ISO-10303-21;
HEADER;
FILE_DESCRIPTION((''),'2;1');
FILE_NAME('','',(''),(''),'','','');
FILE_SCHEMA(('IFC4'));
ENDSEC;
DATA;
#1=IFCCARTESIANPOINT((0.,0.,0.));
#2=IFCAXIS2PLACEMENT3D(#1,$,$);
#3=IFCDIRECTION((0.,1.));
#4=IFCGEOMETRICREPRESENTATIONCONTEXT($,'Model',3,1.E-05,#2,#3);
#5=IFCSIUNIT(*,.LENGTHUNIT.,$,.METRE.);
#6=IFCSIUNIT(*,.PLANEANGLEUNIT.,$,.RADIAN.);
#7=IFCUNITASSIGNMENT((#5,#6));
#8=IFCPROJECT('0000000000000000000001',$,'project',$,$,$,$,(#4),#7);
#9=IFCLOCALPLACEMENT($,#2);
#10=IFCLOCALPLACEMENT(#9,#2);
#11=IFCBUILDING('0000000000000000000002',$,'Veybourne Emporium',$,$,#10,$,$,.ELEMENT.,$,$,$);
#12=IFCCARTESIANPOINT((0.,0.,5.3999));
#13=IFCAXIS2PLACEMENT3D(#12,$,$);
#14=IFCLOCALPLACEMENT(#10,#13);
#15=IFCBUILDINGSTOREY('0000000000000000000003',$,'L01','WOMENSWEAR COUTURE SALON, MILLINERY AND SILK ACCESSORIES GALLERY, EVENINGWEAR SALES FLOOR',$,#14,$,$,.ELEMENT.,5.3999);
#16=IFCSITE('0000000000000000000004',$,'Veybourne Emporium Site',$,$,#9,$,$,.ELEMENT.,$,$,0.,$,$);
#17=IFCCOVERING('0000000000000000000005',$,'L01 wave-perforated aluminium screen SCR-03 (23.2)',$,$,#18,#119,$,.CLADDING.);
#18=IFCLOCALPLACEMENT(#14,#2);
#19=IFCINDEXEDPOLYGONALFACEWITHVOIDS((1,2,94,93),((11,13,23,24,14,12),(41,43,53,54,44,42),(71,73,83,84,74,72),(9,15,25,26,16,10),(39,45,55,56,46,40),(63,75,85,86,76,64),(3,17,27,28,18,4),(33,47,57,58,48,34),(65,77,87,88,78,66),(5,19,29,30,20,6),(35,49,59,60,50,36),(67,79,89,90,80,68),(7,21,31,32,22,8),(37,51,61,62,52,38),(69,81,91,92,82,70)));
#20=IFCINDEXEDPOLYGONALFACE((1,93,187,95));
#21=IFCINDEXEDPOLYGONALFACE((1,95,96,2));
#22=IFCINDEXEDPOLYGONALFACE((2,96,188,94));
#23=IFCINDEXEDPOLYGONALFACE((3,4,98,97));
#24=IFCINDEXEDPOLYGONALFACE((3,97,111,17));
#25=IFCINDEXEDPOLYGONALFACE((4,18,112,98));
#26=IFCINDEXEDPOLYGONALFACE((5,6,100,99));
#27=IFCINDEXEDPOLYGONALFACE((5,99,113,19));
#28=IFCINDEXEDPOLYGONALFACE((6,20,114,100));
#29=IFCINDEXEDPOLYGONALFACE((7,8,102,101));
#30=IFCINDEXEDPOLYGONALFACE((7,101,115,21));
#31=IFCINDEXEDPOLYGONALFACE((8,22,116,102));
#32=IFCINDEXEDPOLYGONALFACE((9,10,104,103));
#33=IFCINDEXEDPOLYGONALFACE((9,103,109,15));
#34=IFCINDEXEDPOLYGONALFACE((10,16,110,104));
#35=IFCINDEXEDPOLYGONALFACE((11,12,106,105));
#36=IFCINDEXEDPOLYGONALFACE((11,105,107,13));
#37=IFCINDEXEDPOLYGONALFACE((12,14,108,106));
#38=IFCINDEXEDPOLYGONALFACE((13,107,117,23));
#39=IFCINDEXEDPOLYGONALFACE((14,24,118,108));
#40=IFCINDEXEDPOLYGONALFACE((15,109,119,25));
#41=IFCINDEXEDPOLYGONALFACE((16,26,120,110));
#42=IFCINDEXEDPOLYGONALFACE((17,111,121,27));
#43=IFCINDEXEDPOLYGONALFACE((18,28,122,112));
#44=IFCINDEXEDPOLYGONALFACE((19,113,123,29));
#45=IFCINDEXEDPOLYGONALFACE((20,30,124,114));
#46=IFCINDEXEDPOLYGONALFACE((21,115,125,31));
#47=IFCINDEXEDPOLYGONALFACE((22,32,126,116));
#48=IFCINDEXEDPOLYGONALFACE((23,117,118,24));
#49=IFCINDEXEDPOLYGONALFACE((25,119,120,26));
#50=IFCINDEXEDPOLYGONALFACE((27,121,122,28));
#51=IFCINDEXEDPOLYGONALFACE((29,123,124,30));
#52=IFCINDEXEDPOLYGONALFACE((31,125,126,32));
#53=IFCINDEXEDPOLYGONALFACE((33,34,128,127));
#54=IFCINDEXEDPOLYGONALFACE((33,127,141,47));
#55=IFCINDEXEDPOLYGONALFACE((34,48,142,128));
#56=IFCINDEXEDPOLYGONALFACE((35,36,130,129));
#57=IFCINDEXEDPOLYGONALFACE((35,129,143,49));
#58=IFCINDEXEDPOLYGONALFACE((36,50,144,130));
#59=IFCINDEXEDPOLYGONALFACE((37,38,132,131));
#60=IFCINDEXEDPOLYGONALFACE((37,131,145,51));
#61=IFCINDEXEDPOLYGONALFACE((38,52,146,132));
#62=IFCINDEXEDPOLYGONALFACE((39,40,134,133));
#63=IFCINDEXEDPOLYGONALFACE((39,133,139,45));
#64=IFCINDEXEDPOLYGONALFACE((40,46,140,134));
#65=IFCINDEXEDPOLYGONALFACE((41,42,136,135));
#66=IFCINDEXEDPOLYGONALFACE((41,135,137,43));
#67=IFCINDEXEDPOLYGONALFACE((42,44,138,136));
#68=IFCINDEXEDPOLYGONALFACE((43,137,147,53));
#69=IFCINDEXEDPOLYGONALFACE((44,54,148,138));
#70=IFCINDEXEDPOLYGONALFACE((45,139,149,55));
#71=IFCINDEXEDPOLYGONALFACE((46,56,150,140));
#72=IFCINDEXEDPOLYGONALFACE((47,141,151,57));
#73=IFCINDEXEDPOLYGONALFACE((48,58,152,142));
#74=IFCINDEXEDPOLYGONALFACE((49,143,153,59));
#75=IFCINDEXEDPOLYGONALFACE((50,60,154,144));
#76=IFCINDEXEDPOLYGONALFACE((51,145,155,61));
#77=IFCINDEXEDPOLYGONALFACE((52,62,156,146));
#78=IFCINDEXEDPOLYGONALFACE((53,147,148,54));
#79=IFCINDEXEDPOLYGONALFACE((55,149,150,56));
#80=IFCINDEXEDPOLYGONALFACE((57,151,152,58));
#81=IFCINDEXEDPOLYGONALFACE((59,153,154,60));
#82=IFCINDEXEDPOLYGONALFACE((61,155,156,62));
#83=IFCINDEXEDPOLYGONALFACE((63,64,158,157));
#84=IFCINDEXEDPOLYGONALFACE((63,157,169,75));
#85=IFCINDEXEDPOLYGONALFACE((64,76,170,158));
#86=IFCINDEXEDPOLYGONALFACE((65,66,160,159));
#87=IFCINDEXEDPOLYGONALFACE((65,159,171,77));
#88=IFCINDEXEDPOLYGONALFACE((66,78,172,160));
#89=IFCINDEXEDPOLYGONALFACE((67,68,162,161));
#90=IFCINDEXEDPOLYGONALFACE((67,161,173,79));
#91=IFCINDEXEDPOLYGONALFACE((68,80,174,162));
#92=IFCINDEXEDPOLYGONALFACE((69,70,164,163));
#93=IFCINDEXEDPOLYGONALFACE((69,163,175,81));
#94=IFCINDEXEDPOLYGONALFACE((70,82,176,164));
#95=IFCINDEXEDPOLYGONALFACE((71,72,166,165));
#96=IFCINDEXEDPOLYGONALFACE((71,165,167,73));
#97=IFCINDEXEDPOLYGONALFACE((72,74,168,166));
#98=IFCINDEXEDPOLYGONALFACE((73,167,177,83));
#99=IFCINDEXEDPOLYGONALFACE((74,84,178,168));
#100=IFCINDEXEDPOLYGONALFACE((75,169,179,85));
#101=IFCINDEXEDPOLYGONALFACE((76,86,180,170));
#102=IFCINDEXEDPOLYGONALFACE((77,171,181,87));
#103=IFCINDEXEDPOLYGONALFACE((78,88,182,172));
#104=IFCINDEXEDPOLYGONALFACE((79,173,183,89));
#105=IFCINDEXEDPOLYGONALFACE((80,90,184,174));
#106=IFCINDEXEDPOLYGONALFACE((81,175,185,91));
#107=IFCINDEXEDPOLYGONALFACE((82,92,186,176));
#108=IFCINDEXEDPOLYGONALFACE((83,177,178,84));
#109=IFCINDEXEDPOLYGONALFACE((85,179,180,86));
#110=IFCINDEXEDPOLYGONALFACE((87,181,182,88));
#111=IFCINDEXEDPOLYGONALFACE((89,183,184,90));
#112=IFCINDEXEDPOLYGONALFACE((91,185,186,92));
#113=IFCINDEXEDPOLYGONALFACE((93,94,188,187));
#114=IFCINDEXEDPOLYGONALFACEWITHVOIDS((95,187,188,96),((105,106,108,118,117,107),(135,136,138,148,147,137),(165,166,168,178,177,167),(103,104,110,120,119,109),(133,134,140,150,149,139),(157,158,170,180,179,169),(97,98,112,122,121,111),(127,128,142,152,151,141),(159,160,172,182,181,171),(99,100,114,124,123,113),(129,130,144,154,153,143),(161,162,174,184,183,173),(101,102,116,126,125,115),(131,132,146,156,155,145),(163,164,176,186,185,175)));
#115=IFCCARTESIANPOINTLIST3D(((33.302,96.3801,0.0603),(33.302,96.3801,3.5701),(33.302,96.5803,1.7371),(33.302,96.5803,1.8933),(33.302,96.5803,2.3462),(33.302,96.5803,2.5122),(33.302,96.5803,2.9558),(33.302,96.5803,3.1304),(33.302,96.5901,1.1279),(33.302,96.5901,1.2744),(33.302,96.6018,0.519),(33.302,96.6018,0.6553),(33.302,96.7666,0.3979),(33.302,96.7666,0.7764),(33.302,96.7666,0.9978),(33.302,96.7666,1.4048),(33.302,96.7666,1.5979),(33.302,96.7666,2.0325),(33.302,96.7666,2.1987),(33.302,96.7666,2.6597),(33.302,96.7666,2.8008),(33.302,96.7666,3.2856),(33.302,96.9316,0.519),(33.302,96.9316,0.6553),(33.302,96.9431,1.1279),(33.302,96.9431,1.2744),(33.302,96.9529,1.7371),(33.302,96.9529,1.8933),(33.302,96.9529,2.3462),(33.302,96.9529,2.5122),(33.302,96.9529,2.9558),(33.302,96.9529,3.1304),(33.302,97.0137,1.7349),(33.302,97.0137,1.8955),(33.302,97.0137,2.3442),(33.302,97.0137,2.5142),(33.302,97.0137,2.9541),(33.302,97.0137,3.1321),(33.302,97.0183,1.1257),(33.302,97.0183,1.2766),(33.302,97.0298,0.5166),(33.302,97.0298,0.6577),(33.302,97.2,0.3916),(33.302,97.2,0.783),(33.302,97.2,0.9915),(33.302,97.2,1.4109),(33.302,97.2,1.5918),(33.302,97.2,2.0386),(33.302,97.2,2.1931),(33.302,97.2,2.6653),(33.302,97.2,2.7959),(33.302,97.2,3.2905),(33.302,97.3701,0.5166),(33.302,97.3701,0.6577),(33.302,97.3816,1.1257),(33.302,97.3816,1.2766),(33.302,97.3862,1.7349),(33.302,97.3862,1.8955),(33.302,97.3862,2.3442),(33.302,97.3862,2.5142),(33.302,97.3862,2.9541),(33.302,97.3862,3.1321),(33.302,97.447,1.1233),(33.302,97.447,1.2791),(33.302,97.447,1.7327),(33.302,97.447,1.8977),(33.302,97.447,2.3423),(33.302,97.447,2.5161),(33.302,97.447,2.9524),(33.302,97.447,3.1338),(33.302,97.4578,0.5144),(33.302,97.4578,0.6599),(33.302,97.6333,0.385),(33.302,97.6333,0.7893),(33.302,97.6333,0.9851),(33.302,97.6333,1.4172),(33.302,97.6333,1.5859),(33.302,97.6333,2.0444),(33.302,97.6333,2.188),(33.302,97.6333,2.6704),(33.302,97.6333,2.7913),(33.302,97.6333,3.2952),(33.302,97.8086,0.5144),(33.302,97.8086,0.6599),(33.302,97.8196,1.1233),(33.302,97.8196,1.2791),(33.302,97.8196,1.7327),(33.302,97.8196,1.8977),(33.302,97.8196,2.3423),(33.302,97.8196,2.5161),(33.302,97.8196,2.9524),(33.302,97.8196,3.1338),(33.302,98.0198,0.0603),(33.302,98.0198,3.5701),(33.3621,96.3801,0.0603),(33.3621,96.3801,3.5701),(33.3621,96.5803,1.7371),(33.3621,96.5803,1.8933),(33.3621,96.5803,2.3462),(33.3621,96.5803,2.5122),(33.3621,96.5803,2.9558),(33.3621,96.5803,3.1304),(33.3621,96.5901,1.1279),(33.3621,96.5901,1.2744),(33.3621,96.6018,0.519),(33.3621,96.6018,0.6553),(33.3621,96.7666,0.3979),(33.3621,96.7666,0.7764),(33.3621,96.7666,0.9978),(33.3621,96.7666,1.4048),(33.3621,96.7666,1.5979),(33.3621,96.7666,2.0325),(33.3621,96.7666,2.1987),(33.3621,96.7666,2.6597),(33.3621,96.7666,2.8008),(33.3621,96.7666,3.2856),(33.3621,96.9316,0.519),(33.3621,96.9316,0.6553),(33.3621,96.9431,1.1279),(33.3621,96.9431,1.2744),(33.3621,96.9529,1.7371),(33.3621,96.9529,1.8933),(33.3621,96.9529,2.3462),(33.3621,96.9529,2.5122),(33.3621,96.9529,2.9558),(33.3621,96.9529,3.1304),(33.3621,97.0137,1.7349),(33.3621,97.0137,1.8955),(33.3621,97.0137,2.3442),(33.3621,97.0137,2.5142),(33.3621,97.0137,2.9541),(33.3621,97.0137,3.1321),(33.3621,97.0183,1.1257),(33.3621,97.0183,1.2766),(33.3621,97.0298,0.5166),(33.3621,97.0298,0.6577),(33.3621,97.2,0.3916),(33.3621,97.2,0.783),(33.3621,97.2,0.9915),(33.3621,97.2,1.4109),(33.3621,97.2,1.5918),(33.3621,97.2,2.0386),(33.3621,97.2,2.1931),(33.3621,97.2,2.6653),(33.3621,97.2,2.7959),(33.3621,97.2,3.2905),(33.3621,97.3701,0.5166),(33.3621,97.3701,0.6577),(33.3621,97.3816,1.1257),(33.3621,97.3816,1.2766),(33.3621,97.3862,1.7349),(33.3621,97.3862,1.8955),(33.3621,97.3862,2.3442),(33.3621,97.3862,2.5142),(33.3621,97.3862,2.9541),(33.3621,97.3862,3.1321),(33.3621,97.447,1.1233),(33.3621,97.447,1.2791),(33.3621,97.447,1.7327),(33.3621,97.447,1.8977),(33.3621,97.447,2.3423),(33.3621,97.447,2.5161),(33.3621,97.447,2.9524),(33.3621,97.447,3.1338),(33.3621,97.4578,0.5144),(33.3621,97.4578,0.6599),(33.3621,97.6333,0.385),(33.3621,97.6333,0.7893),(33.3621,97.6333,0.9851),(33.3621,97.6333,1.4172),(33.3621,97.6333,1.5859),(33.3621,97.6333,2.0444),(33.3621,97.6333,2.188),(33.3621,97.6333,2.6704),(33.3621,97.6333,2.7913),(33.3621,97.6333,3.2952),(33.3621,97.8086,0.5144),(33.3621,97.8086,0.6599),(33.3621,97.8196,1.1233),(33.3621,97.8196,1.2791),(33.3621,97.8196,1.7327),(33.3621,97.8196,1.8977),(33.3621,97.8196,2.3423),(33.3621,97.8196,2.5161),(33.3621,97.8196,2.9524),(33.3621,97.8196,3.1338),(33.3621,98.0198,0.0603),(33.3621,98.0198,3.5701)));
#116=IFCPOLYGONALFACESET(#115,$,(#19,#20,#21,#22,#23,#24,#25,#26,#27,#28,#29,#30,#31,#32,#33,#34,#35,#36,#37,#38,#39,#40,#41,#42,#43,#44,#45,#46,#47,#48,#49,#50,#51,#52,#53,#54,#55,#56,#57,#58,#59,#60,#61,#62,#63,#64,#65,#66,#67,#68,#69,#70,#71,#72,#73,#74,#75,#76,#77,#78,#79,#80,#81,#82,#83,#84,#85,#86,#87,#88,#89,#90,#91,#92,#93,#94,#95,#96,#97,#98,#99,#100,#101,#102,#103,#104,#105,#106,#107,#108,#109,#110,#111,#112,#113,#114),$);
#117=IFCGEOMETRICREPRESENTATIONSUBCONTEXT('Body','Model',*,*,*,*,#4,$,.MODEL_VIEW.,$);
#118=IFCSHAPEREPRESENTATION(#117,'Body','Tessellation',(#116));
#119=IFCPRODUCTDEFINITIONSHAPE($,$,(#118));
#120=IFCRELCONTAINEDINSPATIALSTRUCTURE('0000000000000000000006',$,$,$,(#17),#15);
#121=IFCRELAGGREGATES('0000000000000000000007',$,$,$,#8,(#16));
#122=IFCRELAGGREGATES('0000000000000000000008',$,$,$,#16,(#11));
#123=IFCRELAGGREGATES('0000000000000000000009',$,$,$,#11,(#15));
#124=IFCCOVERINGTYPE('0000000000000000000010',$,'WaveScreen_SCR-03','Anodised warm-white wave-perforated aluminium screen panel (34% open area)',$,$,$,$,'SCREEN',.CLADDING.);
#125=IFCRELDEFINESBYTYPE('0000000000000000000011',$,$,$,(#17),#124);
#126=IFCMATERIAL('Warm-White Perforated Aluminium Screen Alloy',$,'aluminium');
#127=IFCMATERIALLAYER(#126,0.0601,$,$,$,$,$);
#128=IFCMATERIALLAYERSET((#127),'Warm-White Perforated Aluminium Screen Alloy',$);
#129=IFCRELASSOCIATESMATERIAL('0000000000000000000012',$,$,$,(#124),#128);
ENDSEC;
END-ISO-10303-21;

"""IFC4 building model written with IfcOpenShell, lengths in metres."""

from ifc_helpers import new_model, si_unit, direction, frame, origin, place, context, subcontext, project, spatial, polyline, outline, extrude, material, layer, layer_set, type_object, element, save


model = new_model("IFC4")

# Units and contexts
model_context = context("Model", 3, precision=1e-05, world=origin(), true_north=direction((0.0, 1.0)))
body_context = subcontext(model_context, "Body", "Model", "MODEL_VIEW")
ifc_project = project(units=[si_unit("LENGTHUNIT", "METRE"), si_unit("PLANEANGLEUNIT", "RADIAN")], contexts=[model_context])

# Site, building, storey
site_placement = place(None, origin())
site = spatial("IfcSite", under=ifc_project, at=site_placement, Name="Veybourne Emporium Site", CompositionType="ELEMENT", RefElevation=0.0)
building_placement = place(site_placement, origin())
building = spatial("IfcBuilding", under=site, at=building_placement, Name="Veybourne Emporium", CompositionType="ELEMENT")
storey_placement = place(building_placement, frame((0.0, 0.0, 5.3999)))
storey = spatial("IfcBuildingStorey", under=building, at=storey_placement, Name="L01", Description="WOMENSWEAR COUTURE SALON, MILLINERY AND SILK ACCESSORIES GALLERY, EVENINGWEAR SALES FLOOR", CompositionType="ELEMENT", Elevation=5.3999)

# Covering
ifc_material_1 = material(Name="Warm-White Perforated Aluminium Screen Alloy", Category="aluminium")
ifc_layer_1 = layer(ifc_material_1, 0.0601)
ifc_layer_set_1 = layer_set([ifc_layer_1], Name="Warm-White Perforated Aluminium Screen Alloy")
covering_type_1 = type_object("IfcCoveringType", Name="WaveScreen_SCR-03", Description="Anodised warm-white wave-perforated aluminium screen panel (34% open area)", ElementType="SCREEN", PredefinedType="CLADDING", material=ifc_layer_set_1)
covering_1_placement = place(storey_placement, frame((33.302, 97.2, 1.8152), z_axis=(1.0, 0.0, 0.0), x_axis=(0.0, 1.0, 0.0)))
element("IfcCovering", 1, at=covering_1_placement, inside=storey, type_object=covering_type_1, Name="L01 wave-perforated aluminium screen SCR-03 (23.2)", PredefinedType="CLADDING", context=body_context, shape_type="SweptSolid", body=[
    extrude(outline(polyline([(-0.8198, -1.7549), (0.8198, -1.7549), (0.8198, 1.7549), (-0.8198, 1.7549), (-0.8198, -1.7549)]), holes=[polyline([(-0.4333, -1.0388), (-0.2683, -1.1599), (-0.2683, -1.2961), (-0.4333, -1.4172), (-0.5981, -1.2961), (-0.5981, -1.1599), (-0.4333, -1.0388)]), polyline([(-0.4333, -0.4104), (-0.2568, -0.5408), (-0.2568, -0.6873), (-0.4333, -0.8174), (-0.6099, -0.6873), (-0.6099, -0.5408), (-0.4333, -0.4104)]), polyline([(-0.4333, 0.2173), (-0.2471, 0.0781), (-0.2471, -0.0781), (-0.4333, -0.2173), (-0.6196, -0.0781), (-0.6196, 0.0781), (-0.4333, 0.2173)]), polyline([(-0.4333, 0.8445), (-0.2471, 0.697), (-0.2471, 0.531), (-0.4333, 0.3835), (-0.6196, 0.531), (-0.6196, 0.697), (-0.4333, 0.8445)]), polyline([(-0.4333, 1.4705), (-0.2471, 1.3152), (-0.2471, 1.1406), (-0.4333, 0.9856), (-0.6196, 1.1406), (-0.6196, 1.3152), (-0.4333, 1.4705)]), polyline([(0.0, -1.0322), (0.1702, -1.1575), (0.1702, -1.2986), (0.0, -1.4236), (-0.1702, -1.2986), (-0.1702, -1.1575), (0.0, -1.0322)]), polyline([(0.0, -0.4043), (0.1816, -0.5386), (0.1816, -0.6895), (0.0, -0.8237), (-0.1816, -0.6895), (-0.1816, -0.5386), (0.0, -0.4043)]), polyline([(0.0, 0.2234), (0.1863, 0.0803), (0.1863, -0.0803), (0.0, -0.2234), (-0.1863, -0.0803), (-0.1863, 0.0803), (0.0, 0.2234)]), polyline([(0.0, 0.8501), (0.1863, 0.699), (0.1863, 0.5291), (0.0, 0.3779), (-0.1863, 0.5291), (-0.1863, 0.699), (0.0, 0.8501)]), polyline([(0.0, 1.4753), (0.1863, 1.3169), (0.1863, 1.1389), (0.0, 0.9807), (-0.1863, 1.1389), (-0.1863, 1.3169), (0.0, 1.4753)]), polyline([(0.4333, -1.0259), (0.6086, -1.1553), (0.6086, -1.3008), (0.4333, -1.4302), (0.2578, -1.3008), (0.2578, -1.1553), (0.4333, -1.0259)]), polyline([(0.4333, -0.3979), (0.6196, -0.5361), (0.6196, -0.6919), (0.4333, -0.8301), (0.2471, -0.6919), (0.2471, -0.5361), (0.4333, -0.3979)]), polyline([(0.4333, 0.2292), (0.6196, 0.0825), (0.6196, -0.0825), (0.4333, -0.2292), (0.2471, -0.0825), (0.2471, 0.0825), (0.4333, 0.2292)]), polyline([(0.4333, 0.8552), (0.6196, 0.7009), (0.6196, 0.5271), (0.4333, 0.3728), (0.2471, 0.5271), (0.2471, 0.7009), (0.4333, 0.8552)]), polyline([(0.4333, 1.48), (0.6196, 1.3186), (0.6196, 1.1372), (0.4333, 0.9761), (0.2471, 1.1372), (0.2471, 1.3186), (0.4333, 1.48)])]), origin(), (0.0, 0.0, 1.0), 0.0601),
])

save(model, "model.ifc")
